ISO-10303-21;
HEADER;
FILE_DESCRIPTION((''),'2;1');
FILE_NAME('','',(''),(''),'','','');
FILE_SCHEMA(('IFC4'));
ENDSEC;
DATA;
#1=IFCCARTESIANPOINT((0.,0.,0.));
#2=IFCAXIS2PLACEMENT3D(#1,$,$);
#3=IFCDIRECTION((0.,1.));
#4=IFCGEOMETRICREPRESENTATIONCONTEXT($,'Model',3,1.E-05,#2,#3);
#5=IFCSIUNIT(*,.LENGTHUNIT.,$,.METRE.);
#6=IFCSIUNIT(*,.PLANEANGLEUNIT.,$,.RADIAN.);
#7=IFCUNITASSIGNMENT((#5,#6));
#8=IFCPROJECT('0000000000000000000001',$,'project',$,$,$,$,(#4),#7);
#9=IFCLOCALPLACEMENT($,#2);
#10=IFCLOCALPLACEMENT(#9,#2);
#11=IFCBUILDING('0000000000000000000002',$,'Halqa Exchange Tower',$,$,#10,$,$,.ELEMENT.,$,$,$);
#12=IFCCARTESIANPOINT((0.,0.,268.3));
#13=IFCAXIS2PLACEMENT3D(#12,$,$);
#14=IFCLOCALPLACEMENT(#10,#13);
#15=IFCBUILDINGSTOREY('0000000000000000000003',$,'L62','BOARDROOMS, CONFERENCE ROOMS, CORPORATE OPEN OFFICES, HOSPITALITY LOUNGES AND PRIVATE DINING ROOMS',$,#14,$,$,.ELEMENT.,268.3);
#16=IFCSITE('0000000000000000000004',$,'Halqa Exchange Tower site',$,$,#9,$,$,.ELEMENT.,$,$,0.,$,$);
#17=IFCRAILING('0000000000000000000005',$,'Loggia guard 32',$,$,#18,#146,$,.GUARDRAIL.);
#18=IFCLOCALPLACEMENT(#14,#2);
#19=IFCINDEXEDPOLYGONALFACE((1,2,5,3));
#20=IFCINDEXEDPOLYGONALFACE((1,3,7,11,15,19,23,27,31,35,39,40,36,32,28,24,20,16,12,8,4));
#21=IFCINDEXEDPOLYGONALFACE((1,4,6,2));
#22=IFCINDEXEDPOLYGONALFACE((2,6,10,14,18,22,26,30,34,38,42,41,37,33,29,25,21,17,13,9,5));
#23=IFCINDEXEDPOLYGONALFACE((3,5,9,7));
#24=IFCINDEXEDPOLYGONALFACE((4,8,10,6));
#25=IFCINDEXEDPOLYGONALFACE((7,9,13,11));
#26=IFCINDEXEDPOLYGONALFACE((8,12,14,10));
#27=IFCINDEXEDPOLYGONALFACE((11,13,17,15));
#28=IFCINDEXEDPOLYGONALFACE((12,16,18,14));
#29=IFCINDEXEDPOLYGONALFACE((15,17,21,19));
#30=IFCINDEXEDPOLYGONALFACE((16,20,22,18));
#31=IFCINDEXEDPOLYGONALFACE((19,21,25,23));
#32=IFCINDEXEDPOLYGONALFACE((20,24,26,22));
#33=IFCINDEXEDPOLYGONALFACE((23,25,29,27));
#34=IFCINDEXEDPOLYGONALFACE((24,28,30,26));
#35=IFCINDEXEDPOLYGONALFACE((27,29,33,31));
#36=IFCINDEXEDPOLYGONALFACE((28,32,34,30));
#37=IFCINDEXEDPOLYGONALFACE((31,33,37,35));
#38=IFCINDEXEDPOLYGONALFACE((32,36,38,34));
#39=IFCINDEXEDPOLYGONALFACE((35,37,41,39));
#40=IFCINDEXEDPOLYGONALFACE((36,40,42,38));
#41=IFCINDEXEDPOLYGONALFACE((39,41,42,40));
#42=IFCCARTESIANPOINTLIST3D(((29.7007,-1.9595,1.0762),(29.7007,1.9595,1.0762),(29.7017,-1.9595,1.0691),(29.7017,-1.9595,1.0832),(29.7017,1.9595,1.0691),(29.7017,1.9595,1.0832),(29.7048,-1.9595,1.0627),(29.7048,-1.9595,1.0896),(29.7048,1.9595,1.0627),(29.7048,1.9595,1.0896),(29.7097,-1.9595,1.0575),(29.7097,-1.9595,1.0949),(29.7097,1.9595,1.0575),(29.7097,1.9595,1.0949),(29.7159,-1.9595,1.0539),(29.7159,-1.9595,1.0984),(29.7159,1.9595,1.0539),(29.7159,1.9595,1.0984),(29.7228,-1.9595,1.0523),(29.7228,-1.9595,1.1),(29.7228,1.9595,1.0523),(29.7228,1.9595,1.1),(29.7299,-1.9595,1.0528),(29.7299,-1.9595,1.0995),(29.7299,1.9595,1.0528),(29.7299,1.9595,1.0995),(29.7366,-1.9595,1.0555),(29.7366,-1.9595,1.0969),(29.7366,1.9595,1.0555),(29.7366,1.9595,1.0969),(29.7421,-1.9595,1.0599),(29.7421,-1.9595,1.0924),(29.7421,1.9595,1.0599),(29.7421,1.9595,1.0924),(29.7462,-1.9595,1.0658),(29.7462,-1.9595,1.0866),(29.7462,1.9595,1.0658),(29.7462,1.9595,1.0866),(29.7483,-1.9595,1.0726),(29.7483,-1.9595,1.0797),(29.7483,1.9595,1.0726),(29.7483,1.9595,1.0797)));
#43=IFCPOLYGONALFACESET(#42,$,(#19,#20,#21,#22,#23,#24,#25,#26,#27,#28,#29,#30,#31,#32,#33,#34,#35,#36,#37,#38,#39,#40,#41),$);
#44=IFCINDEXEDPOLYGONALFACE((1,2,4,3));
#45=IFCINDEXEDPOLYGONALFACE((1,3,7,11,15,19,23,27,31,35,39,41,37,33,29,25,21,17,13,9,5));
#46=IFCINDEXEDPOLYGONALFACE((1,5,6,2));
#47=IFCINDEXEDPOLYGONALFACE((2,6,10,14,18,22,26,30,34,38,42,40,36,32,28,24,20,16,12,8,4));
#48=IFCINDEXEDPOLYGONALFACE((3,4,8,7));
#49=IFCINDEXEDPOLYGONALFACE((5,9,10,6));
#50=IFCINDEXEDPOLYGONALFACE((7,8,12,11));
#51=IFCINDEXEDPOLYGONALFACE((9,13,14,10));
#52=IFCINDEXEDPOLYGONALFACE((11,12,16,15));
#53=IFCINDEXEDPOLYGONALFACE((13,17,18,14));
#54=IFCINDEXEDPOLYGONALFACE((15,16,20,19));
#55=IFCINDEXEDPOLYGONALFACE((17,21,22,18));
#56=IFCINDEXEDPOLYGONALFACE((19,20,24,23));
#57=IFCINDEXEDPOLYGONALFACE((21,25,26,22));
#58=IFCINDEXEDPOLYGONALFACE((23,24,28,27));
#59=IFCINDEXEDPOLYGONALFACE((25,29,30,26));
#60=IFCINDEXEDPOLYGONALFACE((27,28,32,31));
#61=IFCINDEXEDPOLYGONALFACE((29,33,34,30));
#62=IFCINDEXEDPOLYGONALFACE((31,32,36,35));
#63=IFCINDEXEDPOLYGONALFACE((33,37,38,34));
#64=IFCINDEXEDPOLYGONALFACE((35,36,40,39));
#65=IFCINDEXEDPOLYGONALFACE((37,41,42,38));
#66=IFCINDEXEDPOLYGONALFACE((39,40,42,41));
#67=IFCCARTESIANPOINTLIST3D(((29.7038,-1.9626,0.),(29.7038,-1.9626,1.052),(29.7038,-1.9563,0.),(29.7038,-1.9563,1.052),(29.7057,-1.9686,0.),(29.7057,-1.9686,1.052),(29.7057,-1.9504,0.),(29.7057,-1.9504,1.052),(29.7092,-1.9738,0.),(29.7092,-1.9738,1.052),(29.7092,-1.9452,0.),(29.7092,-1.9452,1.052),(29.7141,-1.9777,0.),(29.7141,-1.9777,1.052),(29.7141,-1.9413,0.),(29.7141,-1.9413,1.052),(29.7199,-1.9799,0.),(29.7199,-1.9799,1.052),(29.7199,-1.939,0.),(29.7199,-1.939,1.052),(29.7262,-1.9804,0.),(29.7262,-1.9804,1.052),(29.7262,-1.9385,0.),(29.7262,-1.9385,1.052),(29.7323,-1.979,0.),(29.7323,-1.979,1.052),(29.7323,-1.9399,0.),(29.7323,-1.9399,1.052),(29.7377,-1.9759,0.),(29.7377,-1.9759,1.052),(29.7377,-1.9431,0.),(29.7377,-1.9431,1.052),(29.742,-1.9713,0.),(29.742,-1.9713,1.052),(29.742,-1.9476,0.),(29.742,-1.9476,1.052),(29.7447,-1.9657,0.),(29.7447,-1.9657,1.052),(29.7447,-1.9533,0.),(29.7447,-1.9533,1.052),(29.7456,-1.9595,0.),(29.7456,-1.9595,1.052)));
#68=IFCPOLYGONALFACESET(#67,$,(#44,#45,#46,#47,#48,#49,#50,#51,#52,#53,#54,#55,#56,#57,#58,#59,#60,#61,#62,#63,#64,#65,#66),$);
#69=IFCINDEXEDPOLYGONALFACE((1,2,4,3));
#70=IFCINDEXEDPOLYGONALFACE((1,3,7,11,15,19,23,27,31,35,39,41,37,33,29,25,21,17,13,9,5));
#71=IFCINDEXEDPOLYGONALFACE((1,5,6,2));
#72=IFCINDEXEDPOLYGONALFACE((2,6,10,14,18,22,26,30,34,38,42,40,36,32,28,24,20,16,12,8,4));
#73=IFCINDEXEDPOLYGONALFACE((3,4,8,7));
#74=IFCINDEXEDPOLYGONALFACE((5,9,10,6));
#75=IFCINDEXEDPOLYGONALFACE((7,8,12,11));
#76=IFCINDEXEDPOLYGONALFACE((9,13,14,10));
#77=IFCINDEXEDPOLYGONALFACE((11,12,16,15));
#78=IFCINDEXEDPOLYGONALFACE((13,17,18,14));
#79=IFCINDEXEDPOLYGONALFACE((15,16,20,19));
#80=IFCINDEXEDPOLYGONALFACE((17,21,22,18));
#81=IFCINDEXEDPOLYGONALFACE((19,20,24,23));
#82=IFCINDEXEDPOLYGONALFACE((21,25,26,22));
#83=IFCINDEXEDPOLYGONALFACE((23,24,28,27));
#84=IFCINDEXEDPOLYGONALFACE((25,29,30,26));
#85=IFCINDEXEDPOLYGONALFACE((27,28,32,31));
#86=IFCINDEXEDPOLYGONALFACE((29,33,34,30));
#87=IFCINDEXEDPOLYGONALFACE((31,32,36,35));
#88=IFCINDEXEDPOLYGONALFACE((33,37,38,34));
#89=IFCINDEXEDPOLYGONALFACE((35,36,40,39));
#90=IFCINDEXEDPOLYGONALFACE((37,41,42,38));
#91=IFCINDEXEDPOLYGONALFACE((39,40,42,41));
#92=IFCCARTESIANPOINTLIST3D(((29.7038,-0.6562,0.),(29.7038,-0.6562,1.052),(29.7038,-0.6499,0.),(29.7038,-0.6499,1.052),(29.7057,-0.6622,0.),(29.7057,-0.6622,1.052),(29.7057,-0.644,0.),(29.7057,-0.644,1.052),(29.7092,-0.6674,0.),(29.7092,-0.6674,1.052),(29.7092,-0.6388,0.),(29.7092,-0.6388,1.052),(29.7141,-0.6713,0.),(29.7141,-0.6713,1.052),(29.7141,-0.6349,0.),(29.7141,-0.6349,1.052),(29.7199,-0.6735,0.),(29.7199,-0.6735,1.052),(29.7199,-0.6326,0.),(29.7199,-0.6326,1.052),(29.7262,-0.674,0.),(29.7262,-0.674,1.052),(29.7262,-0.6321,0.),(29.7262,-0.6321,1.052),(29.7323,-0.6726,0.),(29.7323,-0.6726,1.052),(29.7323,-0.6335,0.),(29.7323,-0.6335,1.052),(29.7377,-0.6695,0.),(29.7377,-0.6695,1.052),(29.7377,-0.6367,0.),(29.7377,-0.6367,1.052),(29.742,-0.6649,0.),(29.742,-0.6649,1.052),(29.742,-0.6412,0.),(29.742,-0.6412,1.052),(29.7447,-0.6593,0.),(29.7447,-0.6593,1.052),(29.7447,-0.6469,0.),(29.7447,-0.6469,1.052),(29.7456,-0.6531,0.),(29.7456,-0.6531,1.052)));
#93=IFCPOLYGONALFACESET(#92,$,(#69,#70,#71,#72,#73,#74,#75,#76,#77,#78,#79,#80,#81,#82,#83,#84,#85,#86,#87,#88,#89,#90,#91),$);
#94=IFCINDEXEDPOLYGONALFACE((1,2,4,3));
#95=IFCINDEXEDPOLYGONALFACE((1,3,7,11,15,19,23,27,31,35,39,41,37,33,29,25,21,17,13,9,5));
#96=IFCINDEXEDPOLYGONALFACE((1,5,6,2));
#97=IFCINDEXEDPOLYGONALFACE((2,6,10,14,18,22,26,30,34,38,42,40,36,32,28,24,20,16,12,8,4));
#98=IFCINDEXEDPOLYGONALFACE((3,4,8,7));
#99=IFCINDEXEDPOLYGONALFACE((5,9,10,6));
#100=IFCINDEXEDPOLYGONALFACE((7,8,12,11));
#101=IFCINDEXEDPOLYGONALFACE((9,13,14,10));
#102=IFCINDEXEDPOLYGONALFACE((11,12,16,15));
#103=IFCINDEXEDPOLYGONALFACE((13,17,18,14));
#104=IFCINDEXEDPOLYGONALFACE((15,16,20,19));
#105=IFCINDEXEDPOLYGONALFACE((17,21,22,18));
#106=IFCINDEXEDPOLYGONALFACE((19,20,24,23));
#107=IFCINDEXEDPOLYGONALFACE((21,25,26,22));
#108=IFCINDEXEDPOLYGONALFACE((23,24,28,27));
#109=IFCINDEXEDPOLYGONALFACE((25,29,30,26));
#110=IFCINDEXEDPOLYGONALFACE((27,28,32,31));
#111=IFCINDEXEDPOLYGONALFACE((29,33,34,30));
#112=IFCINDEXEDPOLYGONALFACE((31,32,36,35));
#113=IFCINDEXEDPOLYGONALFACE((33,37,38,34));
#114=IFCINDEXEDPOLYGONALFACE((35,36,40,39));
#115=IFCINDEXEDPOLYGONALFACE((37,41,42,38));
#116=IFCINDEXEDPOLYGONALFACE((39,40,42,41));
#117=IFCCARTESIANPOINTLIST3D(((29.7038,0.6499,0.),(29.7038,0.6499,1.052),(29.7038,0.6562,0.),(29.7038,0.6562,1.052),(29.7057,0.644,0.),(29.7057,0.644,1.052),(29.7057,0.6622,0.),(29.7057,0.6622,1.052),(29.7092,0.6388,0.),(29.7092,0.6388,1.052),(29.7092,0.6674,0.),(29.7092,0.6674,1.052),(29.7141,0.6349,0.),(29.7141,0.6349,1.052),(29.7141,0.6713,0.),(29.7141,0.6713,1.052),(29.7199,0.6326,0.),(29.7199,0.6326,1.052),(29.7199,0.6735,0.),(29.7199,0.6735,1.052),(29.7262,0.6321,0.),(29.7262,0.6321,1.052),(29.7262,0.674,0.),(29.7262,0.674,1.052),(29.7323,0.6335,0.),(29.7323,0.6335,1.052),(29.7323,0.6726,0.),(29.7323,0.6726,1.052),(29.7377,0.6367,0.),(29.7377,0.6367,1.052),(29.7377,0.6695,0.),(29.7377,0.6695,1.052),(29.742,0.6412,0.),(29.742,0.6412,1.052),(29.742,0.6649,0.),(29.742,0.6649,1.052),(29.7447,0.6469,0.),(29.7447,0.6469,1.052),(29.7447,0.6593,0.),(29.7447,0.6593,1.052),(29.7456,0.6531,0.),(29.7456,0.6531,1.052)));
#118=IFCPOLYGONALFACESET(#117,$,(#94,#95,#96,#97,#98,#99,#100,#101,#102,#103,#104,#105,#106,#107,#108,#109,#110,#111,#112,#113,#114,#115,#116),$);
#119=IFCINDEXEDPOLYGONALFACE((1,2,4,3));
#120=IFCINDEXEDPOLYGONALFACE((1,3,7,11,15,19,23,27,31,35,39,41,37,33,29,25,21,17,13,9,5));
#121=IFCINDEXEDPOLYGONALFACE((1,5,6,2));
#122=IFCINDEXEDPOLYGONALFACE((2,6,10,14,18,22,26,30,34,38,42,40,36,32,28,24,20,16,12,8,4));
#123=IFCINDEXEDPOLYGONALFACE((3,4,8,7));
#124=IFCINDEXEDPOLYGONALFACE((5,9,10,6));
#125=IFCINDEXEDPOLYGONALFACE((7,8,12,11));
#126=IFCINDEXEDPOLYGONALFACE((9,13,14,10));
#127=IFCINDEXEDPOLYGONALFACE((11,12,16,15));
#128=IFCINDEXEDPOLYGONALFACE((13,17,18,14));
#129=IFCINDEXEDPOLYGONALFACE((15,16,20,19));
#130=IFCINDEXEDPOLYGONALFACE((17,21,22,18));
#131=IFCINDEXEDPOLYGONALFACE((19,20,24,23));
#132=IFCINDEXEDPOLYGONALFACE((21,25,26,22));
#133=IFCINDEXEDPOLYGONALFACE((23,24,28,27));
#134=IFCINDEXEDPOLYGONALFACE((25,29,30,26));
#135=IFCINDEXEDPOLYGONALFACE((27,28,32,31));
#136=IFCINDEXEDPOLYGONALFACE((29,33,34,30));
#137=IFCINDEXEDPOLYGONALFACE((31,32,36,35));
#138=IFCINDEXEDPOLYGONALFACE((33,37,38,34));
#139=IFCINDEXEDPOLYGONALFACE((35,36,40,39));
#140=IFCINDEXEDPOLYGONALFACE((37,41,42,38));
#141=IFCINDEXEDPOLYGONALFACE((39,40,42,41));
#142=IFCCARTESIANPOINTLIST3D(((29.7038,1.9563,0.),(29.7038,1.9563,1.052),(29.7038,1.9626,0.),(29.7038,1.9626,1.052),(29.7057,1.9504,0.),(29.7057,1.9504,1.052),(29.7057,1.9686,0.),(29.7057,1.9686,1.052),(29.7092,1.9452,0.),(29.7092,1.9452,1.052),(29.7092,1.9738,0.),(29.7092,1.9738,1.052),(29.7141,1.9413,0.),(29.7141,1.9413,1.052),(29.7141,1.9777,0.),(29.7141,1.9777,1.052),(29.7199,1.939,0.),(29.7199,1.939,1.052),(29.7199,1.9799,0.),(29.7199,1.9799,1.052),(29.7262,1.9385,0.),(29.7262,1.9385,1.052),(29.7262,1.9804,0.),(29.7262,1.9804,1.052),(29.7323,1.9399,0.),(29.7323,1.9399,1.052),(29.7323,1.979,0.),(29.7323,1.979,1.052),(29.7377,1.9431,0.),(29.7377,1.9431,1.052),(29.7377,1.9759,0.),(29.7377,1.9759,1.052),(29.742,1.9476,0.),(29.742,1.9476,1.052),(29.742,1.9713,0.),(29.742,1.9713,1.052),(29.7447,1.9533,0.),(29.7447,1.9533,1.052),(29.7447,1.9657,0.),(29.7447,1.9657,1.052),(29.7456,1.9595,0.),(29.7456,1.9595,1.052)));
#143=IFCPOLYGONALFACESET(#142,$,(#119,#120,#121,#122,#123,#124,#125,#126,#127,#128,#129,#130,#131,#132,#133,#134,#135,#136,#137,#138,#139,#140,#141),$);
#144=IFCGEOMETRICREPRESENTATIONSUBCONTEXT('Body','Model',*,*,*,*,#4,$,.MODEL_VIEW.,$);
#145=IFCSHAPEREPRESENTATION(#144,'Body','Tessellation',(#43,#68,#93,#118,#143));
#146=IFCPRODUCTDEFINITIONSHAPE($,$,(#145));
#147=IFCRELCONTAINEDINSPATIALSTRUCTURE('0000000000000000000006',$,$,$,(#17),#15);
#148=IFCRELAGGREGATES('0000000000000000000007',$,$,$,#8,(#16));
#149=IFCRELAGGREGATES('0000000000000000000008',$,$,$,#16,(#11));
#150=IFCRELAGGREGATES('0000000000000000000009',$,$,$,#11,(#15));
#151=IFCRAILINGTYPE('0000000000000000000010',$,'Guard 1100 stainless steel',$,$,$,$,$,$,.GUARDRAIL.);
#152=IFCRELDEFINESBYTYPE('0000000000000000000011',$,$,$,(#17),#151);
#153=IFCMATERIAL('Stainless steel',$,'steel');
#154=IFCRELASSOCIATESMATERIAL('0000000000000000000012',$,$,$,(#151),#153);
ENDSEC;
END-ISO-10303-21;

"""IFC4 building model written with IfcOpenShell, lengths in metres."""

from ifc_helpers import new_model, si_unit, direction, frame, origin, origin_2d, place, context, subcontext, project, spatial, circle, extrude, material, type_object, element, save


model = new_model("IFC4")

# Units and contexts
model_context = context("Model", 3, precision=1e-05, world=origin(), true_north=direction((0.0, 1.0)))
body_context = subcontext(model_context, "Body", "Model", "MODEL_VIEW")
ifc_project = project(units=[si_unit("LENGTHUNIT", "METRE"), si_unit("PLANEANGLEUNIT", "RADIAN")], contexts=[model_context])

# Site, building, storey
site_placement = place(None, origin())
site = spatial("IfcSite", under=ifc_project, at=site_placement, Name="Halqa Exchange Tower site", CompositionType="ELEMENT", RefElevation=0.0)
building_placement = place(site_placement, origin())
building = spatial("IfcBuilding", under=site, at=building_placement, Name="Halqa Exchange Tower", CompositionType="ELEMENT")
storey_placement = place(building_placement, frame((0.0, 0.0, 268.3)))
storey = spatial("IfcBuildingStorey", under=building, at=storey_placement, Name="L62", Description="BOARDROOMS, CONFERENCE ROOMS, CORPORATE OPEN OFFICES, HOSPITALITY LOUNGES AND PRIVATE DINING ROOMS", CompositionType="ELEMENT", Elevation=268.3)

# Railing
ifc_material_1 = material(Name="Stainless steel", Category="steel")
railing_type = type_object("IfcRailingType", Name="Guard 1100 stainless steel", PredefinedType="GUARDRAIL", material=ifc_material_1)
railing_1_placement = place(storey_placement, frame((29.7246, -1.9595, 0.0)))
element("IfcRailing", 1, at=railing_1_placement, inside=storey, type_object=railing_type, Name="Loggia guard 32", PredefinedType="GUARDRAIL", context=body_context, shape_type="SweptSolid", body=[
    extrude(circle(Radius=0.0239, at=origin_2d()), frame((0.0, 0.0, 1.0762), z_axis=(0.0, 1.0, 0.0), x_axis=(-1.0, 0.0, 0.0)), (0.0, 0.0, 1.0), 3.9189),
    extrude(circle(Radius=0.021, at=origin_2d()), origin(), (0.0, 0.0, 1.0), 1.052),
    extrude(circle(Radius=0.021, at=origin_2d()), frame((0.0, 1.3064, 0.0)), (0.0, 0.0, 1.0), 1.052),
    extrude(circle(Radius=0.021, at=origin_2d()), frame((0.0, 2.6125, 0.0)), (0.0, 0.0, 1.0), 1.052),
    extrude(circle(Radius=0.021, at=origin_2d()), frame((0.0, 3.9189, 0.0)), (0.0, 0.0, 1.0), 1.052),
])

save(model, "model.ifc")
